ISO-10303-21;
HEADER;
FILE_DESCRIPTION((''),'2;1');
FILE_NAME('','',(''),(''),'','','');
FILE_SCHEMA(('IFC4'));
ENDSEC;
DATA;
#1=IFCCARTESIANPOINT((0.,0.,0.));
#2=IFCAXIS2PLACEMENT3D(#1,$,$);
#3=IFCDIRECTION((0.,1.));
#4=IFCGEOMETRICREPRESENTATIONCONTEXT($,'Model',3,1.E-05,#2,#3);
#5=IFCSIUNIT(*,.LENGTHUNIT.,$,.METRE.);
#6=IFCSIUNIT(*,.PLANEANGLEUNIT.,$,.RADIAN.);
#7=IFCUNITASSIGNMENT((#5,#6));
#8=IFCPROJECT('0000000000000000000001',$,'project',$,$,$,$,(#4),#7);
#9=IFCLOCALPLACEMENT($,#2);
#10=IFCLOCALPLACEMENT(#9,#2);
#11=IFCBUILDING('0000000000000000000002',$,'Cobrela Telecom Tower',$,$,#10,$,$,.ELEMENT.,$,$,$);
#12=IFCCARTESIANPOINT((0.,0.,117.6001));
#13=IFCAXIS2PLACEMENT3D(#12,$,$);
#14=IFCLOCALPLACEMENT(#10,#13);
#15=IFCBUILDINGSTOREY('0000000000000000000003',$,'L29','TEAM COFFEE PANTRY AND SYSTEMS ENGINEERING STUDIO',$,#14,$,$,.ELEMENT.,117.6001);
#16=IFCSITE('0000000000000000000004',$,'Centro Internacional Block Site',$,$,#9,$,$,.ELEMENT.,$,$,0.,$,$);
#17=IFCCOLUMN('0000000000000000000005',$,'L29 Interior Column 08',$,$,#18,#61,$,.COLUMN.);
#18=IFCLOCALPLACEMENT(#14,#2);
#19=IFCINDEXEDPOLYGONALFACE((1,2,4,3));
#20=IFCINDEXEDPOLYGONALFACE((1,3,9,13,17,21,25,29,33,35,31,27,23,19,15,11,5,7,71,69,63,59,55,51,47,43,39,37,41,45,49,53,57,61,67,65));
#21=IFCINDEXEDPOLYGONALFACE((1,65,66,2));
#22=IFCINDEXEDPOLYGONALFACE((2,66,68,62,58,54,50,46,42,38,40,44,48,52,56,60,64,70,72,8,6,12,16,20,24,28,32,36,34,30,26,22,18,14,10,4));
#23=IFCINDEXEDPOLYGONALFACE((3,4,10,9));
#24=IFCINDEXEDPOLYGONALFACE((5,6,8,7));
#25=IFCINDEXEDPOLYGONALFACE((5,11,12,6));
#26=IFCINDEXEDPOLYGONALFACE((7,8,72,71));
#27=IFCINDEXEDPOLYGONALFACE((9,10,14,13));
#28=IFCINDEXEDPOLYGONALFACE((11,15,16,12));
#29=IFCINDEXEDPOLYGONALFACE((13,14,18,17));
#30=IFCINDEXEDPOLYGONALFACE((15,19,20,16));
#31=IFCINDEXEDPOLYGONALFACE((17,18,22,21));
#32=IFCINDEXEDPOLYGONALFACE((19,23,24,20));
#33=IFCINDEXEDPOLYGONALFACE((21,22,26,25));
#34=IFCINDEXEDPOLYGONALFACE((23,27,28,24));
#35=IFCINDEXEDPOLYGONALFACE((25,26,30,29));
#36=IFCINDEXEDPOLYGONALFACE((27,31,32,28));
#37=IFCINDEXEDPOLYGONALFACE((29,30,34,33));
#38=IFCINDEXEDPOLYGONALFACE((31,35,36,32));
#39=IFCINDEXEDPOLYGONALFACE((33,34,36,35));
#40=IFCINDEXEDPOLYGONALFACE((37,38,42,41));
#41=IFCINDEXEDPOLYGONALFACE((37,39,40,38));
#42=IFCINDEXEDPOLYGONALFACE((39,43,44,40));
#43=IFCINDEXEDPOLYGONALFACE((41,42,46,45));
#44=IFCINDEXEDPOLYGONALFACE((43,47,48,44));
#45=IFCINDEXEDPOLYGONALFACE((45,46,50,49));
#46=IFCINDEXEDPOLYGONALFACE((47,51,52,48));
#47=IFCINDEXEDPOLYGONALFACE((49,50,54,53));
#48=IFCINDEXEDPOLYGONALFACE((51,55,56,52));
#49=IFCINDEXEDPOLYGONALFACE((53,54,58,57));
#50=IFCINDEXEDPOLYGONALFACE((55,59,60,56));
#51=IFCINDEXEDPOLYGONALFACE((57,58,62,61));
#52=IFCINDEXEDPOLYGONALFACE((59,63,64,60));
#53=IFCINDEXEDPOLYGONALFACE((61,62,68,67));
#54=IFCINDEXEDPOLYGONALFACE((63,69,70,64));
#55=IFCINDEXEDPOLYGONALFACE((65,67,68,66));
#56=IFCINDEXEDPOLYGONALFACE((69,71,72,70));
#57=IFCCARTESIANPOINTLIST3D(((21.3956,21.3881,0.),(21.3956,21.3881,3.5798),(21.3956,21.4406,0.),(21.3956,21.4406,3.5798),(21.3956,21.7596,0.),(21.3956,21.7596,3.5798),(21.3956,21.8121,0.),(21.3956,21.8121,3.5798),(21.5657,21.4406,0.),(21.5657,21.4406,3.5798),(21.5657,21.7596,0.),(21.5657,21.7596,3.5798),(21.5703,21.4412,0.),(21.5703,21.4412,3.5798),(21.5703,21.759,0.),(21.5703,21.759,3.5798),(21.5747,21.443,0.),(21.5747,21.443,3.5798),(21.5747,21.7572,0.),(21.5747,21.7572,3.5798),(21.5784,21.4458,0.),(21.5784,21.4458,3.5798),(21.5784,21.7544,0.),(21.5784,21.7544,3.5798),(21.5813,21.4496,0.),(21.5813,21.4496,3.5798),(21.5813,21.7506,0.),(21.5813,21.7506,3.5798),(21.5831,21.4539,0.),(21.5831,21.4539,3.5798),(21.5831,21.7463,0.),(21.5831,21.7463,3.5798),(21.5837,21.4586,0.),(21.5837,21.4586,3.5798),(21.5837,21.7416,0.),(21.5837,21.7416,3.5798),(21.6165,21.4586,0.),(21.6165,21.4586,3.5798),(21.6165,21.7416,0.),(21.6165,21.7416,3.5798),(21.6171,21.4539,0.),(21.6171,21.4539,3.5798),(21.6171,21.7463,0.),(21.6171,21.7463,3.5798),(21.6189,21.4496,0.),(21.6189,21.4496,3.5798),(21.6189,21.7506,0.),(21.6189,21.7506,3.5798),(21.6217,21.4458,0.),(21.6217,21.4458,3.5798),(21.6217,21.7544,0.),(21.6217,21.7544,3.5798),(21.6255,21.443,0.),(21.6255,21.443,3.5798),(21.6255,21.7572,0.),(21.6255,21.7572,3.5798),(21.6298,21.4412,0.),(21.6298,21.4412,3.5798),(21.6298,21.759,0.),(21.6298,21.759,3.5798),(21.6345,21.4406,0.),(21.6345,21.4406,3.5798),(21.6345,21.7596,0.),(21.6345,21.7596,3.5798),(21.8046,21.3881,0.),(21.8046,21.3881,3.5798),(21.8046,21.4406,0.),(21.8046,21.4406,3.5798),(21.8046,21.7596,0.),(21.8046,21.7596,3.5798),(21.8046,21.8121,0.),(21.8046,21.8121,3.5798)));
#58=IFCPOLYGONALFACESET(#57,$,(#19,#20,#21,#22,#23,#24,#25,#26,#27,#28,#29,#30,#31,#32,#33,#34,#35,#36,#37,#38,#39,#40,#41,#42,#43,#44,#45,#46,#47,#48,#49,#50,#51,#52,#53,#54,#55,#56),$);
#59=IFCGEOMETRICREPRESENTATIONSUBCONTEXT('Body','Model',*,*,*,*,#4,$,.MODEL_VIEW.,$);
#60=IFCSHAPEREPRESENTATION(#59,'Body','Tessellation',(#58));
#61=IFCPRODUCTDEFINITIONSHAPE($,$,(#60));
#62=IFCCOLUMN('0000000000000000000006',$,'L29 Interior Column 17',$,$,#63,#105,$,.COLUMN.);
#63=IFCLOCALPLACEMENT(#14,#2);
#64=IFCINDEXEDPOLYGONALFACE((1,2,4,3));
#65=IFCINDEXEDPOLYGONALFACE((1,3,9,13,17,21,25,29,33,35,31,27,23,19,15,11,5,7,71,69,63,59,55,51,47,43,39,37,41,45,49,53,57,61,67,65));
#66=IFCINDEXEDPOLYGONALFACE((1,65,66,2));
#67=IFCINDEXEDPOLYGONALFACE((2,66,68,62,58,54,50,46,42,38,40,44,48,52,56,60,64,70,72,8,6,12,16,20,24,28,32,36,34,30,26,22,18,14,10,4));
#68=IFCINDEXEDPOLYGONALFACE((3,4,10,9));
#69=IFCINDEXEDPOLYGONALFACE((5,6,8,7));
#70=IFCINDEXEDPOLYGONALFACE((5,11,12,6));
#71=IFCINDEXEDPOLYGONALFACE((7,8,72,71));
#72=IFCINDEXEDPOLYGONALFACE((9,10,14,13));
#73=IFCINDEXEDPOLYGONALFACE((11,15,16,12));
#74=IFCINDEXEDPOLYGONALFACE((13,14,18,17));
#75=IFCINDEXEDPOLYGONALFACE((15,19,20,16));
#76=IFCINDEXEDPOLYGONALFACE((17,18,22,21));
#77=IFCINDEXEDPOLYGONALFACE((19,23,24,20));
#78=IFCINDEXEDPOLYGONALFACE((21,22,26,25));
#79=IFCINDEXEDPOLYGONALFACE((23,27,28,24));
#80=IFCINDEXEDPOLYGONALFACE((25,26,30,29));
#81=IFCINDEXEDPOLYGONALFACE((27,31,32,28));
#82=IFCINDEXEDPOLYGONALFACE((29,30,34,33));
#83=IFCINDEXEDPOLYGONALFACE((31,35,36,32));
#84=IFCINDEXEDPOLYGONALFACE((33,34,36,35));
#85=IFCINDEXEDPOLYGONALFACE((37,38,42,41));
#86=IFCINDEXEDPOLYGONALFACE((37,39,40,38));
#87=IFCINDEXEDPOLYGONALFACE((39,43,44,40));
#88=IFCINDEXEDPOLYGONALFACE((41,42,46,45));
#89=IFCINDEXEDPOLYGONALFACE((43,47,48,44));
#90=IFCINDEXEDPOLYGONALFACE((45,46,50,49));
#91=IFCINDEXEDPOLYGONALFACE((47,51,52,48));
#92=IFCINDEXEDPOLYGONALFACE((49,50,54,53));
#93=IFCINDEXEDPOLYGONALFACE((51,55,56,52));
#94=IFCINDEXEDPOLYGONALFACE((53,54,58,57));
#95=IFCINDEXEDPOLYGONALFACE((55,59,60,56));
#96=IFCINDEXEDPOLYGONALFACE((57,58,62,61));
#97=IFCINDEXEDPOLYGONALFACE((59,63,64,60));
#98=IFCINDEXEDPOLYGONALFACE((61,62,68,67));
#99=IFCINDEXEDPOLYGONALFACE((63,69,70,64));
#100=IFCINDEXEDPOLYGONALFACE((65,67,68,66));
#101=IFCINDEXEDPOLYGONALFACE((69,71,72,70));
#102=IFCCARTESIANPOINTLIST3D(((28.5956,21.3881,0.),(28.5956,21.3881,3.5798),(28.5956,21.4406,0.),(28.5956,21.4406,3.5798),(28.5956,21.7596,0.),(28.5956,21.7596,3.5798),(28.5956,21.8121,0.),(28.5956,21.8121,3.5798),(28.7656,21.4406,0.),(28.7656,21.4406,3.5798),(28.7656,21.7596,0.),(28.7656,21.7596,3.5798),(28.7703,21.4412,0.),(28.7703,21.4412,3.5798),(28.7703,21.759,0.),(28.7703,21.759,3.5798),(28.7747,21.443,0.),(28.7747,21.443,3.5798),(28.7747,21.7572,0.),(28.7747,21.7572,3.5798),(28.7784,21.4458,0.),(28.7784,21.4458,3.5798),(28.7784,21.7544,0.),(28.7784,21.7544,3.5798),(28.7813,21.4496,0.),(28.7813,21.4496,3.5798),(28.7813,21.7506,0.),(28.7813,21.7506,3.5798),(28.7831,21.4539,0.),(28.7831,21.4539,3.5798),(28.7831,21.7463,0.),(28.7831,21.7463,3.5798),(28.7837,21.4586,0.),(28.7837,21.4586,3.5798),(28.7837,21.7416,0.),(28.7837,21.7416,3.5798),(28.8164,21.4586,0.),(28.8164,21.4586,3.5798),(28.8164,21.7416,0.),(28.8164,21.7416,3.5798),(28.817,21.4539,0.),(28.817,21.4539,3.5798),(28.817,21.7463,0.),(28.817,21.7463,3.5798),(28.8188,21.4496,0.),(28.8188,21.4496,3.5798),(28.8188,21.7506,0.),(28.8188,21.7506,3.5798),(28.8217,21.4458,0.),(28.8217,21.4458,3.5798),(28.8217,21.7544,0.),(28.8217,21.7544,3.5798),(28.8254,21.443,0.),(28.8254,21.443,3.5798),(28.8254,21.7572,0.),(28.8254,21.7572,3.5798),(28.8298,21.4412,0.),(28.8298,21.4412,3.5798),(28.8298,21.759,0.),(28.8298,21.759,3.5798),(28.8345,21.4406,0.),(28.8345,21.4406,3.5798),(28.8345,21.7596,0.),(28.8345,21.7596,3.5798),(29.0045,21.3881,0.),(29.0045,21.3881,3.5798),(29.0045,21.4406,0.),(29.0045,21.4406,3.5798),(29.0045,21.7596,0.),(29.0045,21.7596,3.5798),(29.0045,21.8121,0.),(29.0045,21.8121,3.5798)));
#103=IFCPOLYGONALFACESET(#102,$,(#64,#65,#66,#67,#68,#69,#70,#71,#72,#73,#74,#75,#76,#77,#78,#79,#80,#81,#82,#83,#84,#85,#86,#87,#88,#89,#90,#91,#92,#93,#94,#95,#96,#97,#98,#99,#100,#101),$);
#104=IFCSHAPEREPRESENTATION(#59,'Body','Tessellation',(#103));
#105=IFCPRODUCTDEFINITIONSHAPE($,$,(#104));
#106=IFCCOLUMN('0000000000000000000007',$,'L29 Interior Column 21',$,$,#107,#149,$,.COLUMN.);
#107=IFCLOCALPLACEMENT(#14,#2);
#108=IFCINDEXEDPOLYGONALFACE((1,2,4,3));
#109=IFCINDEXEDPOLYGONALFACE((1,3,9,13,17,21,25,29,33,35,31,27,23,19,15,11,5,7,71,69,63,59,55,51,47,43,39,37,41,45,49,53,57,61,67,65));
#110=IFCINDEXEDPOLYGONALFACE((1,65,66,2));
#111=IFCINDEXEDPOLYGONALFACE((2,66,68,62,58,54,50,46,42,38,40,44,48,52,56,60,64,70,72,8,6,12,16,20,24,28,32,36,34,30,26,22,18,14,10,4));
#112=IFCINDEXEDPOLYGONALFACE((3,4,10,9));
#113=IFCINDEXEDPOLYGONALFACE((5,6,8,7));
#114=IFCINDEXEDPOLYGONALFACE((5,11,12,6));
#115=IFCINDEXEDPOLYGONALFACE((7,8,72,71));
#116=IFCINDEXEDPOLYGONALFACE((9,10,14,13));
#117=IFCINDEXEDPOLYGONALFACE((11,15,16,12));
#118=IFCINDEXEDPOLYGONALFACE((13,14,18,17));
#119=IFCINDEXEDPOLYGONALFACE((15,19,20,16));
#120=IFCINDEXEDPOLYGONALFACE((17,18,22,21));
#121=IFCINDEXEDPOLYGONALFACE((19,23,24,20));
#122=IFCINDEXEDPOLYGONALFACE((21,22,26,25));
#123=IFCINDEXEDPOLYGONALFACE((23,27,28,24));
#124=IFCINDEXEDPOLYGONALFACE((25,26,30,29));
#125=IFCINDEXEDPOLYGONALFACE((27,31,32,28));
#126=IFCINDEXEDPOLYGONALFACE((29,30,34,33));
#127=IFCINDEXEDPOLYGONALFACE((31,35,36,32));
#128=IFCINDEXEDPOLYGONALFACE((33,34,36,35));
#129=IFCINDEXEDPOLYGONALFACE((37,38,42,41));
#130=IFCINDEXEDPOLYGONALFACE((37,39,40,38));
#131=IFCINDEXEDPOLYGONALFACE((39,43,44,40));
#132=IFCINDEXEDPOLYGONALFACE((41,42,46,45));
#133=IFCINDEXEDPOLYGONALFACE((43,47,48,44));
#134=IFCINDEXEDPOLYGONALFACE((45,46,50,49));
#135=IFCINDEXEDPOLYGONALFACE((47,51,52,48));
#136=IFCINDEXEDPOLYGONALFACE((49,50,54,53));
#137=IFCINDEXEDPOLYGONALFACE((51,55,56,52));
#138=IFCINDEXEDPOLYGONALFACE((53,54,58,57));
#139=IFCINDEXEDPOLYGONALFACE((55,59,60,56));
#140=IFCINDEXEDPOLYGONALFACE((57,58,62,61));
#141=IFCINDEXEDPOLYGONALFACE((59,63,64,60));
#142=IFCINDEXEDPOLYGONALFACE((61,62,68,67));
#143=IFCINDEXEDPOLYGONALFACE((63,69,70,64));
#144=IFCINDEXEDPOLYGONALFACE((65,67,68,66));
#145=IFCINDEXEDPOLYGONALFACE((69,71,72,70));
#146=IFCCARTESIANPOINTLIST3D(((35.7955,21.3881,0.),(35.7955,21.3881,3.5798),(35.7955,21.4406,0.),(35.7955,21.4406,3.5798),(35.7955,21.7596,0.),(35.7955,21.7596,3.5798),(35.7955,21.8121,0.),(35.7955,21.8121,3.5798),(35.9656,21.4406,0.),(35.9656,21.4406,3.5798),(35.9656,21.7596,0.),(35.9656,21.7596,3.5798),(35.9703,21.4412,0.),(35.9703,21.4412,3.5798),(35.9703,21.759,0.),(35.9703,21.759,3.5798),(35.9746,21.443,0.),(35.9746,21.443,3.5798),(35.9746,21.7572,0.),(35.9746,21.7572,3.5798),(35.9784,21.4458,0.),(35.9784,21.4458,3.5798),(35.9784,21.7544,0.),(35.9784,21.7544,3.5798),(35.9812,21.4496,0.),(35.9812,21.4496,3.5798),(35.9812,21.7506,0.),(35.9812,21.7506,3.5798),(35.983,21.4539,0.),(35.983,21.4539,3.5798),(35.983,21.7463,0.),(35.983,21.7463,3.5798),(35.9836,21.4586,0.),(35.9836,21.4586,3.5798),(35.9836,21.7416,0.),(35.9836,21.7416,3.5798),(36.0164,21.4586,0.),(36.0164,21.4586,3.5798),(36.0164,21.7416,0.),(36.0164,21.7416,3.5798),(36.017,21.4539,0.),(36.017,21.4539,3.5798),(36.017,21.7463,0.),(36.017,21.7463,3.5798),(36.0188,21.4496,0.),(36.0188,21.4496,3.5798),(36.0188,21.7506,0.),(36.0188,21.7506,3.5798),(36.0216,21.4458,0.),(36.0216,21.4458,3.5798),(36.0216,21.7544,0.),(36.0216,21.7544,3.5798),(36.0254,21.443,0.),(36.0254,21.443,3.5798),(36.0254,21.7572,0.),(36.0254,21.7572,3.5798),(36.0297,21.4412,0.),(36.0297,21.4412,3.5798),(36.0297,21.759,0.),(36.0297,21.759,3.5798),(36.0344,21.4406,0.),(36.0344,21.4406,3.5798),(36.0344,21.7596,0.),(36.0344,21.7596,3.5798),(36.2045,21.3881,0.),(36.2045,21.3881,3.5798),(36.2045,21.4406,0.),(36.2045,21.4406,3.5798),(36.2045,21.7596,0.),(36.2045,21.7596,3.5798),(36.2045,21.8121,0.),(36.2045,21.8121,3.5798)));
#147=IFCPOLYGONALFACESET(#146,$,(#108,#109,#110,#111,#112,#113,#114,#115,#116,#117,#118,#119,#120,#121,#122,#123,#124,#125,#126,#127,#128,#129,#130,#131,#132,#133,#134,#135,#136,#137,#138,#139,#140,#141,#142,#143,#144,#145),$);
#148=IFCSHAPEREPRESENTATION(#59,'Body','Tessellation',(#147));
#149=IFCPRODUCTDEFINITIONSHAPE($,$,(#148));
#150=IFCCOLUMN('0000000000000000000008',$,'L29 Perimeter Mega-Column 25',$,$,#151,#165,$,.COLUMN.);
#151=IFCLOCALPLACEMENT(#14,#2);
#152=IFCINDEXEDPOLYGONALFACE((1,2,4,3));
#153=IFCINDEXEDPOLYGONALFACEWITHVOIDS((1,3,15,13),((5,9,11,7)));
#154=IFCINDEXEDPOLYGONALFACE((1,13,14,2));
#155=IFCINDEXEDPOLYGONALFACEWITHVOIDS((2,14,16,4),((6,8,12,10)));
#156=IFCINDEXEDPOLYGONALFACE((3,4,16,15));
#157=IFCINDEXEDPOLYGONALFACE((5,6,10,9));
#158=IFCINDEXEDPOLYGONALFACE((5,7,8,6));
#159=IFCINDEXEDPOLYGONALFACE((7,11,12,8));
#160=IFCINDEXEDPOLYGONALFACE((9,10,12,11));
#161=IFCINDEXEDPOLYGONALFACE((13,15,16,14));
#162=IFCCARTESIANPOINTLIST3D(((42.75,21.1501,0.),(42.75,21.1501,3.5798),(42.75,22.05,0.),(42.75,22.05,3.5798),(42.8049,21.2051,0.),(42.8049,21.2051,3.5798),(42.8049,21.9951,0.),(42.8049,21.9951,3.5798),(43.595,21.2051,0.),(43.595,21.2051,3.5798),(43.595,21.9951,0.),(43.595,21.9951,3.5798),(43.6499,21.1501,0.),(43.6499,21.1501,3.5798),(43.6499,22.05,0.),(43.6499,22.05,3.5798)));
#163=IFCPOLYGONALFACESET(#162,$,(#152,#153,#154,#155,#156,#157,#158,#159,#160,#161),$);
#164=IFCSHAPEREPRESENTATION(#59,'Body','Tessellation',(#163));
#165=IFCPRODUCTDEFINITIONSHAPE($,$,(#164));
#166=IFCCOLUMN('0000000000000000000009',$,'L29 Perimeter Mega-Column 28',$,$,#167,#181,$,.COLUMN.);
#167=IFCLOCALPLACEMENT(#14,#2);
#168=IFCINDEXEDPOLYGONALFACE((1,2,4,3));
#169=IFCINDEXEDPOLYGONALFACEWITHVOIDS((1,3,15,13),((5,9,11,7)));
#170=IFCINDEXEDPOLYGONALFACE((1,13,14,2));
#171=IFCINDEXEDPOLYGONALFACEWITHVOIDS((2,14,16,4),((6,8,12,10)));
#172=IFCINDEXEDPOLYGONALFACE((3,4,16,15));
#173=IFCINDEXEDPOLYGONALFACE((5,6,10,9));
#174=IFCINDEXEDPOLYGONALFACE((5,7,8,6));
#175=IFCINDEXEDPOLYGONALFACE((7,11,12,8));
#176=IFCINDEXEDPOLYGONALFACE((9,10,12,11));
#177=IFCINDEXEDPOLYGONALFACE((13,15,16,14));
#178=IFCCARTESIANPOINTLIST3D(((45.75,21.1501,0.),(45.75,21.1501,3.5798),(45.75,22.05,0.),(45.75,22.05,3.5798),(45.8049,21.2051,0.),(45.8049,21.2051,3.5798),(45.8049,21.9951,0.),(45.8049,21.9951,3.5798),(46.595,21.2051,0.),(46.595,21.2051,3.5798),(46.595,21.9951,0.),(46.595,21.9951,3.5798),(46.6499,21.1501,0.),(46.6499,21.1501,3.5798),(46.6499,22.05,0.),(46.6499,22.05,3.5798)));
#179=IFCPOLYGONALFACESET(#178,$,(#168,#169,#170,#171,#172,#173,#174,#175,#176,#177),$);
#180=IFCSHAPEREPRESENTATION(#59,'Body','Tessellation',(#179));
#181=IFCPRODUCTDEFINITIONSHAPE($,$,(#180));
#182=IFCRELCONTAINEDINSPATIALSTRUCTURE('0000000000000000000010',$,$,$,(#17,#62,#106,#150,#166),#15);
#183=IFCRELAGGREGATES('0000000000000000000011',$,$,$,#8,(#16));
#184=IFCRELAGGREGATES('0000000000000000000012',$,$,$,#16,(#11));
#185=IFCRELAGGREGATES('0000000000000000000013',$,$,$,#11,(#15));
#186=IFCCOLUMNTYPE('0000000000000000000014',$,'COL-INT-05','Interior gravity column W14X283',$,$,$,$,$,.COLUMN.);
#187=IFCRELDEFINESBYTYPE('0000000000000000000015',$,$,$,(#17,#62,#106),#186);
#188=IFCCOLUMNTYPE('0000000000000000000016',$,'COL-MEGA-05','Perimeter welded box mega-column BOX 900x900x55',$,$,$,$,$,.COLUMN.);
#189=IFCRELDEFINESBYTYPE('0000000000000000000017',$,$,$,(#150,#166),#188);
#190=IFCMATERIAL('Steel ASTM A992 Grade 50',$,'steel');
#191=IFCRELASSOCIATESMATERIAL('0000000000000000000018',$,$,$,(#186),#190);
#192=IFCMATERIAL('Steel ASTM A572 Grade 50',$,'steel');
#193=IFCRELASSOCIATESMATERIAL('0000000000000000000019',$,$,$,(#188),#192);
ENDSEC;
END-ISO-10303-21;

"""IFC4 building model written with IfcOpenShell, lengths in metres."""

from ifc_helpers import new_model, si_unit, direction, frame, origin, origin_2d, place, context, subcontext, project, spatial, hollow_rectangle, i_section, extrude, material, material_profile, profile_set, type_object, element, save


model = new_model("IFC4")

# Units and contexts
model_context = context("Model", 3, precision=1e-05, world=origin(), true_north=direction((0.0, 1.0)))
body_context = subcontext(model_context, "Body", "Model", "MODEL_VIEW")
ifc_project = project(units=[si_unit("LENGTHUNIT", "METRE"), si_unit("PLANEANGLEUNIT", "RADIAN")], contexts=[model_context])

# Site, building, storey
site_placement = place(None, origin())
site = spatial("IfcSite", under=ifc_project, at=site_placement, Name="Centro Internacional Block Site", CompositionType="ELEMENT", RefElevation=0.0)
building_placement = place(site_placement, origin())
building = spatial("IfcBuilding", under=site, at=building_placement, Name="Cobrela Telecom Tower", CompositionType="ELEMENT")
storey_placement = place(building_placement, frame((0.0, 0.0, 117.6001)))
storey = spatial("IfcBuildingStorey", under=building, at=storey_placement, Name="L29", Description="TEAM COFFEE PANTRY AND SYSTEMS ENGINEERING STUDIO", CompositionType="ELEMENT", Elevation=117.6001)

# Columns
ifc_material_1 = material(Name="Steel ASTM A992 Grade 50", Category="steel")
ifc_material_profile_1 = material_profile(ifc_material_1, i_section(OverallWidth=0.4089, OverallDepth=0.4241, WebThickness=0.0327, FlangeThickness=0.0525, FilletRadius=0.0181, at=origin_2d()), Name="W14X283")
ifc_profile_set_1 = profile_set([ifc_material_profile_1], Name="Steel ASTM A992 Grade 50")
column_type_1 = type_object("IfcColumnType", Name="COL-INT-05", Description="Interior gravity column W14X283", PredefinedType="COLUMN", material=ifc_profile_set_1)
for number, where, z_axis, x_axis, name in (
    (1, (21.6001, 21.6001, 0.0), (0.0, 0.0, 1.0), (1.0, 0.0, 0.0), "L29 Interior Column 08"),
    (2, (28.8, 21.6001, 0.0), (0.0, 0.0, 1.0), (1.0, 0.0, 0.0), "L29 Interior Column 17"),
    (3, (36.0, 21.6001, 0.0), (0.0, 0.0, 1.0), (1.0, 0.0, 0.0), "L29 Interior Column 21"),
):
    element("IfcColumn", number, at=place(storey_placement, frame(where, z_axis=z_axis, x_axis=x_axis)), inside=storey, type_object=column_type_1, Name=name, PredefinedType="COLUMN", context=body_context, shape_type="SweptSolid", body=[
        extrude(i_section(OverallWidth=0.4089, OverallDepth=0.4241, WebThickness=0.0327, FlangeThickness=0.0525, FilletRadius=0.0181, at=origin_2d()), origin(), (0.0, 0.0, 1.0), 3.5798),
    ])
ifc_material_2 = material(Name="Steel ASTM A572 Grade 50", Category="steel")
ifc_material_profile_2 = material_profile(ifc_material_2, hollow_rectangle(XDim=0.8999, YDim=0.8999, WallThickness=0.0549, at=origin_2d()), Name="BOX 900x900x55")
ifc_profile_set_2 = profile_set([ifc_material_profile_2], Name="Steel ASTM A572 Grade 50")
column_type_2 = type_object("IfcColumnType", Name="COL-MEGA-05", Description="Perimeter welded box mega-column BOX 900x900x55", PredefinedType="COLUMN", material=ifc_profile_set_2)
for number, where, z_axis, x_axis, name in (
    (4, (43.2, 21.6001, 0.0), (0.0, 0.0, 1.0), (1.0, 0.0, 0.0), "L29 Perimeter Mega-Column 25"),
    (5, (46.2, 21.6001, 0.0), (0.0, 0.0, 1.0), (1.0, 0.0, 0.0), "L29 Perimeter Mega-Column 28"),
):
    element("IfcColumn", number, at=place(storey_placement, frame(where, z_axis=z_axis, x_axis=x_axis)), inside=storey, type_object=column_type_2, Name=name, PredefinedType="COLUMN", context=body_context, shape_type="SweptSolid", body=[
        extrude(hollow_rectangle(XDim=0.8999, YDim=0.8999, WallThickness=0.0549, at=origin_2d()), origin(), (0.0, 0.0, 1.0), 3.5798),
    ])

save(model, "model.ifc")
